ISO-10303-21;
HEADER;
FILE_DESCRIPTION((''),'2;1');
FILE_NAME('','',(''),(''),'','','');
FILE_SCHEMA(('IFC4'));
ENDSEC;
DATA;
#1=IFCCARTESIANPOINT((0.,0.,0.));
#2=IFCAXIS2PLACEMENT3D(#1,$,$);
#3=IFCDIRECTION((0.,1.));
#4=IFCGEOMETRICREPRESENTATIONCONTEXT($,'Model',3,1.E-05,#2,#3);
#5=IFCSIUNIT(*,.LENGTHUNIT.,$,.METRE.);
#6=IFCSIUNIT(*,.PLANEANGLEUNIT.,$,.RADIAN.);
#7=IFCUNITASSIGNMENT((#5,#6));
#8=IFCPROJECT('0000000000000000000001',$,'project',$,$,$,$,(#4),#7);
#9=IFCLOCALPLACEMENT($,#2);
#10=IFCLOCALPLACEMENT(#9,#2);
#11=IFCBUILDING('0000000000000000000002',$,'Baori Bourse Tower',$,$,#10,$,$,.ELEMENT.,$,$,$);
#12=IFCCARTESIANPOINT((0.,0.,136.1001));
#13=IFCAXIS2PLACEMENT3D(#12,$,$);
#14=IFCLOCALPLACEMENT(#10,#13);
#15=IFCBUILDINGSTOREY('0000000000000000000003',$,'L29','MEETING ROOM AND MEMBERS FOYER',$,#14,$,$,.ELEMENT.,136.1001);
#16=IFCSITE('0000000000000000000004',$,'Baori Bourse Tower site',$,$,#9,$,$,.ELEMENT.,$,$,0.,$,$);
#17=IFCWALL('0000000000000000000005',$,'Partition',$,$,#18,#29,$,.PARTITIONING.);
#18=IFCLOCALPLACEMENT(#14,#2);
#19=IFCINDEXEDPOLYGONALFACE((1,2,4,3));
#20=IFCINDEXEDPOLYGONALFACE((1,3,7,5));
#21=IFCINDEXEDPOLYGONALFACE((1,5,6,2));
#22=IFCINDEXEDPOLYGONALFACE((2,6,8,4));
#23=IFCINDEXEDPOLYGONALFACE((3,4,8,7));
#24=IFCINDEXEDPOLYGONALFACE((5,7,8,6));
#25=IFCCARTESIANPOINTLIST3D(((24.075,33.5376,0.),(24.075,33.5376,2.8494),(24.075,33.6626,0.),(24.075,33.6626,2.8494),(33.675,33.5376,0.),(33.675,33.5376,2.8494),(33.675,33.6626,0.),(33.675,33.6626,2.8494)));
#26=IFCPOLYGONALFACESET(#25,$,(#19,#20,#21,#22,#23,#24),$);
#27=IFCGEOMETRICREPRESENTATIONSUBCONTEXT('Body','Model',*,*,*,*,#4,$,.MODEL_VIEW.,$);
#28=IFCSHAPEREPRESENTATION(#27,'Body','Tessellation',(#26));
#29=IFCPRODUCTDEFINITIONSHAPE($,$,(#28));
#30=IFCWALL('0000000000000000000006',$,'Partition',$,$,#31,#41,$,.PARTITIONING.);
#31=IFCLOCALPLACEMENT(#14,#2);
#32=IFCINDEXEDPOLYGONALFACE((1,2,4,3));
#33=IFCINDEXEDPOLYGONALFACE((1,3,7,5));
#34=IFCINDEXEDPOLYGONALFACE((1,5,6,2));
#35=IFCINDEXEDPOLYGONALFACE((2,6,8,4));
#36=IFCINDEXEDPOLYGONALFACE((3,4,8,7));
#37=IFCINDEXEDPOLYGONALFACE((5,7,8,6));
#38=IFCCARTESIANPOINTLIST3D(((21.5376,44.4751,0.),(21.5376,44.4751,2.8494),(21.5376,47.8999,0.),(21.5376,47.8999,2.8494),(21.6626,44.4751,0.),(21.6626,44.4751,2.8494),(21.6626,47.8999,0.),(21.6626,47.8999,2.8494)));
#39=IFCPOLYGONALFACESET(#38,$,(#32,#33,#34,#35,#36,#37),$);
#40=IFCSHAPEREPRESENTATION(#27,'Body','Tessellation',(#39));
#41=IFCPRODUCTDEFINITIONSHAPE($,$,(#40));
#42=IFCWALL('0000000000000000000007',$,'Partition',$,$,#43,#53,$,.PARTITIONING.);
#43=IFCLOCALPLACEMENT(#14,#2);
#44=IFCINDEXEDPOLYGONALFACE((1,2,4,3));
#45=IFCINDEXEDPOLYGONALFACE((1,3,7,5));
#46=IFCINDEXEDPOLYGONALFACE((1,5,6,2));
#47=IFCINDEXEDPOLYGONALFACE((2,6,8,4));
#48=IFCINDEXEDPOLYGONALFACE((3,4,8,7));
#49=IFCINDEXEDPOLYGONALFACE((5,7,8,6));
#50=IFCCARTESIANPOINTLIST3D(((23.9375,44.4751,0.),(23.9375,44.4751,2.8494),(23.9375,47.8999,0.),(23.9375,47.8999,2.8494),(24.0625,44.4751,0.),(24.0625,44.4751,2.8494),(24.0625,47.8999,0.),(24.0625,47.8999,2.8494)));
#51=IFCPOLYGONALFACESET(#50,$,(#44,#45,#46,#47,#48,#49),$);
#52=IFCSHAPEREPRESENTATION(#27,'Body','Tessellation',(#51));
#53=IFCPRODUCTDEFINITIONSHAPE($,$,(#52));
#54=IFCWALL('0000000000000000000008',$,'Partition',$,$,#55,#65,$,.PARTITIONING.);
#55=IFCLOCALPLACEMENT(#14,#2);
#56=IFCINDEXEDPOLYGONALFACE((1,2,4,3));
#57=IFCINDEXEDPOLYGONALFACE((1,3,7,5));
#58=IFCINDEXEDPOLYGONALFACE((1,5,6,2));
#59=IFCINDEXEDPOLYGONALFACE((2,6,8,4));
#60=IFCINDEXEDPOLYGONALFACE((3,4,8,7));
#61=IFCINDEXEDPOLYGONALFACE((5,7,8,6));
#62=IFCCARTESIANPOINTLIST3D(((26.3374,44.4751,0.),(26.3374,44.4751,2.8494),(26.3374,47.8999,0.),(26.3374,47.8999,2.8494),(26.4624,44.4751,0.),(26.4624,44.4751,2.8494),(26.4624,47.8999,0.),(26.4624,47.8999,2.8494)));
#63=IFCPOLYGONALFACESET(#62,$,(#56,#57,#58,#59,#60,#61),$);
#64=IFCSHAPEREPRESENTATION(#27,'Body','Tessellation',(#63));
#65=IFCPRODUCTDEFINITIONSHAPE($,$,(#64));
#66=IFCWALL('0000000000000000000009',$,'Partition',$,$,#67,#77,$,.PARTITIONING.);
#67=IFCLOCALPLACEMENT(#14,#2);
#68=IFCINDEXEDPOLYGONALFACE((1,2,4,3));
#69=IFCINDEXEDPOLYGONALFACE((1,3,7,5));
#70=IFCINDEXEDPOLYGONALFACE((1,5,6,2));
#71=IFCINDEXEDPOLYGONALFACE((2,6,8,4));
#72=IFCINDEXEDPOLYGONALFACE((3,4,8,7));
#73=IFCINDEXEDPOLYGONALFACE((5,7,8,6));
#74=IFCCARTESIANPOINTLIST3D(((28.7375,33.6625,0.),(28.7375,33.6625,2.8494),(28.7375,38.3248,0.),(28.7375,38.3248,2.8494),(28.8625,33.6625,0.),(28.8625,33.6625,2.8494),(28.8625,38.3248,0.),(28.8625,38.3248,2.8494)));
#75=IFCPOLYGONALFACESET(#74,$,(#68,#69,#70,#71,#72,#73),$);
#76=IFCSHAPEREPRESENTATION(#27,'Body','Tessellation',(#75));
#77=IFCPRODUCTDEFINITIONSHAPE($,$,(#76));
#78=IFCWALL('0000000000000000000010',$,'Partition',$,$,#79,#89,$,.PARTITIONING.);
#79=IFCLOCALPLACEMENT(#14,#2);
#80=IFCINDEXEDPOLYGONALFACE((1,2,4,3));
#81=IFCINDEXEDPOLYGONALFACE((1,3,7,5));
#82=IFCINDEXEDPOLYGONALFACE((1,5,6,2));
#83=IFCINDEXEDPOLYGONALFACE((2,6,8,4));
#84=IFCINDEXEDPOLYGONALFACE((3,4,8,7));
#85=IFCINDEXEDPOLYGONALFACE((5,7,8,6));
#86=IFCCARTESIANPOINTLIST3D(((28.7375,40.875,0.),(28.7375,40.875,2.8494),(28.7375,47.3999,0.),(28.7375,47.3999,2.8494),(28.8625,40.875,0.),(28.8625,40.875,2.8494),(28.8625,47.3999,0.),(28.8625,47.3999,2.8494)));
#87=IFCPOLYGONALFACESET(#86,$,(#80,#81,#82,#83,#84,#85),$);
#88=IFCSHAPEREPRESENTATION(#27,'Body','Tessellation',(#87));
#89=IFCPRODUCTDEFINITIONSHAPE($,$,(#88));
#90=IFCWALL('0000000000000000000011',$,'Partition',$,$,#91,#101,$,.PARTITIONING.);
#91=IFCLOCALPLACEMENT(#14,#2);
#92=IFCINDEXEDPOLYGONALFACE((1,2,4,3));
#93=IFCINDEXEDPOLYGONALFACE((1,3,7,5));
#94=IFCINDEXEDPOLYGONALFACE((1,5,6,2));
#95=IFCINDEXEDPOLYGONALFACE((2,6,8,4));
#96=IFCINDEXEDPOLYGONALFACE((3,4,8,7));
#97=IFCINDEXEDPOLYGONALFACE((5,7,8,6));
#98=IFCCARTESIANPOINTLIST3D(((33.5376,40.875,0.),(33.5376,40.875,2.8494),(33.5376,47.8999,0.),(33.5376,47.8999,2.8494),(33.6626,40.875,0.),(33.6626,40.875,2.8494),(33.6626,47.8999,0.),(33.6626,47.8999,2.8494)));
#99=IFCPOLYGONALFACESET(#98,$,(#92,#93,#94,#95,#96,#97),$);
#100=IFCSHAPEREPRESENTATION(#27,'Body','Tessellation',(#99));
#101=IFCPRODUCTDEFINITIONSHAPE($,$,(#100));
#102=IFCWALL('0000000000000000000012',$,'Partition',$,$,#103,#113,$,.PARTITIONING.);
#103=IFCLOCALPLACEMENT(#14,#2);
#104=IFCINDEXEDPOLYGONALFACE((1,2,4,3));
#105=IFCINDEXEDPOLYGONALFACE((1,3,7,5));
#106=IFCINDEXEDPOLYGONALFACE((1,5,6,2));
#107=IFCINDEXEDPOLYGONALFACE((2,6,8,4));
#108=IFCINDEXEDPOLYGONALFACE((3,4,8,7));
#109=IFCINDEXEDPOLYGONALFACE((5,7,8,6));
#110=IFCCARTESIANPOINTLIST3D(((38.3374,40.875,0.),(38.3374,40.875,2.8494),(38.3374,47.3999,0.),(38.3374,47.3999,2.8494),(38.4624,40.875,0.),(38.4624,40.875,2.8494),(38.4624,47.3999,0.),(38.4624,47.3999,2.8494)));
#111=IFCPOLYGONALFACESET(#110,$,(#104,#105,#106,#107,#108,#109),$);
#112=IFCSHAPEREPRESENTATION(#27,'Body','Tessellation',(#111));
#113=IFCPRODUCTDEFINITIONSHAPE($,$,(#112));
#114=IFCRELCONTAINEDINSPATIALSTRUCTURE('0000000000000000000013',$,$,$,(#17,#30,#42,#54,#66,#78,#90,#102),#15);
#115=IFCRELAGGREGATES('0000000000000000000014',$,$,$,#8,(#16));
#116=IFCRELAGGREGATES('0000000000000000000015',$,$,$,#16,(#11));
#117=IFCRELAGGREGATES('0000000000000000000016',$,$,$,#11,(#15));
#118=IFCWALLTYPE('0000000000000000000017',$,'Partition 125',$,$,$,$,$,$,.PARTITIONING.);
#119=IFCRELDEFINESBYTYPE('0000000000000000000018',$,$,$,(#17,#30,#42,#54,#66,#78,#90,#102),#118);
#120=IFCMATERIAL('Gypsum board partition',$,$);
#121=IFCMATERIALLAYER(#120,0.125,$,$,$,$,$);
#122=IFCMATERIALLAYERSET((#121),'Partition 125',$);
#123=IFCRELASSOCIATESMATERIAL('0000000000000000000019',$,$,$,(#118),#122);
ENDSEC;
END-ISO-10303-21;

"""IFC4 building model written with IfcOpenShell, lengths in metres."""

from ifc_helpers import new_model, si_unit, direction, frame, frame_2d, origin, place, context, subcontext, project, spatial, rectangle, extrude, material, layer, layer_set, type_object, element, save


model = new_model("IFC4")

# Units and contexts
model_context = context("Model", 3, precision=1e-05, world=origin(), true_north=direction((0.0, 1.0)))
body_context = subcontext(model_context, "Body", "Model", "MODEL_VIEW")
ifc_project = project(units=[si_unit("LENGTHUNIT", "METRE"), si_unit("PLANEANGLEUNIT", "RADIAN")], contexts=[model_context])

# Site, building, storey
site_placement = place(None, origin())
site = spatial("IfcSite", under=ifc_project, at=site_placement, Name="Baori Bourse Tower site", CompositionType="ELEMENT", RefElevation=0.0)
building_placement = place(site_placement, origin())
building = spatial("IfcBuilding", under=site, at=building_placement, Name="Baori Bourse Tower", CompositionType="ELEMENT")
storey_placement = place(building_placement, frame((0.0, 0.0, 136.1001)))
storey = spatial("IfcBuildingStorey", under=building, at=storey_placement, Name="L29", Description="MEETING ROOM AND MEMBERS FOYER", CompositionType="ELEMENT", Elevation=136.1001)

# Walls
ifc_material_1 = material(Name="Gypsum board partition")
ifc_layer_1 = layer(ifc_material_1, 0.125)
ifc_layer_set_1 = layer_set([ifc_layer_1], Name="Partition 125")
wall_type_1 = type_object("IfcWallType", Name="Partition 125", PredefinedType="PARTITIONING", material=ifc_layer_set_1)
wall_1_placement = place(storey_placement, frame((24.075, 33.6001, 0.0), z_axis=(0.0, 0.0, 1.0), x_axis=(1.0, 0.0, 0.0)))
element("IfcWall", 1, at=wall_1_placement, inside=storey, type_object=wall_type_1, Name="Partition", PredefinedType="PARTITIONING", context=body_context, shape_type="SweptSolid", body=[
    extrude(rectangle(XDim=9.6001, YDim=0.125, at=frame_2d((4.8, 0.0))), origin(), (0.0, 0.0, 1.0), 2.8494),
])
for number, where, z_axis, x_axis, name in (
    (2, (21.6001, 44.4751, 0.0), (0.0, 0.0, 1.0), (0.0, 1.0, 0.0), "Partition"),
    (3, (24.0, 44.4751, 0.0), (0.0, 0.0, 1.0), (0.0, 1.0, 0.0), "Partition"),
    (4, (26.3999, 44.4751, 0.0), (0.0, 0.0, 1.0), (0.0, 1.0, 0.0), "Partition"),
):
    element("IfcWall", number, at=place(storey_placement, frame(where, z_axis=z_axis, x_axis=x_axis)), inside=storey, type_object=wall_type_1, Name=name, PredefinedType="PARTITIONING", context=body_context, shape_type="SweptSolid", body=[
        extrude(rectangle(XDim=3.4248, YDim=0.125, at=frame_2d((1.7124, 0.0))), origin(), (0.0, 0.0, 1.0), 2.8494),
    ])
wall_2_placement = place(storey_placement, frame((28.8, 33.6626, 0.0), z_axis=(0.0, 0.0, 1.0), x_axis=(0.0, 1.0, 0.0)))
element("IfcWall", 5, at=wall_2_placement, inside=storey, type_object=wall_type_1, Name="Partition", PredefinedType="PARTITIONING", context=body_context, shape_type="SweptSolid", body=[
    extrude(rectangle(XDim=4.6624, YDim=0.125, at=frame_2d((2.3311, 0.0))), origin(), (0.0, 0.0, 1.0), 2.8494),
])
wall_3_placement = place(storey_placement, frame((28.8, 40.875, 0.0), z_axis=(0.0, 0.0, 1.0), x_axis=(0.0, 1.0, 0.0)))
element("IfcWall", 6, at=wall_3_placement, inside=storey, type_object=wall_type_1, Name="Partition", PredefinedType="PARTITIONING", context=body_context, shape_type="SweptSolid", body=[
    extrude(rectangle(XDim=6.5249, YDim=0.125, at=frame_2d((3.2625, 0.0))), origin(), (0.0, 0.0, 1.0), 2.8494),
])
wall_4_placement = place(storey_placement, frame((33.6001, 40.875, 0.0), z_axis=(0.0, 0.0, 1.0), x_axis=(0.0, 1.0, 0.0)))
element("IfcWall", 7, at=wall_4_placement, inside=storey, type_object=wall_type_1, Name="Partition", PredefinedType="PARTITIONING", context=body_context, shape_type="SweptSolid", body=[
    extrude(rectangle(XDim=7.0249, YDim=0.125, at=frame_2d((3.5125, 0.0))), origin(), (0.0, 0.0, 1.0), 2.8494),
])
wall_5_placement = place(storey_placement, frame((38.3999, 40.875, 0.0), z_axis=(0.0, 0.0, 1.0), x_axis=(0.0, 1.0, 0.0)))
element("IfcWall", 8, at=wall_5_placement, inside=storey, type_object=wall_type_1, Name="Partition", PredefinedType="PARTITIONING", context=body_context, shape_type="SweptSolid", body=[
    extrude(rectangle(XDim=6.5249, YDim=0.125, at=frame_2d((3.2625, 0.0))), origin(), (0.0, 0.0, 1.0), 2.8494),
])

save(model, "model.ifc")
